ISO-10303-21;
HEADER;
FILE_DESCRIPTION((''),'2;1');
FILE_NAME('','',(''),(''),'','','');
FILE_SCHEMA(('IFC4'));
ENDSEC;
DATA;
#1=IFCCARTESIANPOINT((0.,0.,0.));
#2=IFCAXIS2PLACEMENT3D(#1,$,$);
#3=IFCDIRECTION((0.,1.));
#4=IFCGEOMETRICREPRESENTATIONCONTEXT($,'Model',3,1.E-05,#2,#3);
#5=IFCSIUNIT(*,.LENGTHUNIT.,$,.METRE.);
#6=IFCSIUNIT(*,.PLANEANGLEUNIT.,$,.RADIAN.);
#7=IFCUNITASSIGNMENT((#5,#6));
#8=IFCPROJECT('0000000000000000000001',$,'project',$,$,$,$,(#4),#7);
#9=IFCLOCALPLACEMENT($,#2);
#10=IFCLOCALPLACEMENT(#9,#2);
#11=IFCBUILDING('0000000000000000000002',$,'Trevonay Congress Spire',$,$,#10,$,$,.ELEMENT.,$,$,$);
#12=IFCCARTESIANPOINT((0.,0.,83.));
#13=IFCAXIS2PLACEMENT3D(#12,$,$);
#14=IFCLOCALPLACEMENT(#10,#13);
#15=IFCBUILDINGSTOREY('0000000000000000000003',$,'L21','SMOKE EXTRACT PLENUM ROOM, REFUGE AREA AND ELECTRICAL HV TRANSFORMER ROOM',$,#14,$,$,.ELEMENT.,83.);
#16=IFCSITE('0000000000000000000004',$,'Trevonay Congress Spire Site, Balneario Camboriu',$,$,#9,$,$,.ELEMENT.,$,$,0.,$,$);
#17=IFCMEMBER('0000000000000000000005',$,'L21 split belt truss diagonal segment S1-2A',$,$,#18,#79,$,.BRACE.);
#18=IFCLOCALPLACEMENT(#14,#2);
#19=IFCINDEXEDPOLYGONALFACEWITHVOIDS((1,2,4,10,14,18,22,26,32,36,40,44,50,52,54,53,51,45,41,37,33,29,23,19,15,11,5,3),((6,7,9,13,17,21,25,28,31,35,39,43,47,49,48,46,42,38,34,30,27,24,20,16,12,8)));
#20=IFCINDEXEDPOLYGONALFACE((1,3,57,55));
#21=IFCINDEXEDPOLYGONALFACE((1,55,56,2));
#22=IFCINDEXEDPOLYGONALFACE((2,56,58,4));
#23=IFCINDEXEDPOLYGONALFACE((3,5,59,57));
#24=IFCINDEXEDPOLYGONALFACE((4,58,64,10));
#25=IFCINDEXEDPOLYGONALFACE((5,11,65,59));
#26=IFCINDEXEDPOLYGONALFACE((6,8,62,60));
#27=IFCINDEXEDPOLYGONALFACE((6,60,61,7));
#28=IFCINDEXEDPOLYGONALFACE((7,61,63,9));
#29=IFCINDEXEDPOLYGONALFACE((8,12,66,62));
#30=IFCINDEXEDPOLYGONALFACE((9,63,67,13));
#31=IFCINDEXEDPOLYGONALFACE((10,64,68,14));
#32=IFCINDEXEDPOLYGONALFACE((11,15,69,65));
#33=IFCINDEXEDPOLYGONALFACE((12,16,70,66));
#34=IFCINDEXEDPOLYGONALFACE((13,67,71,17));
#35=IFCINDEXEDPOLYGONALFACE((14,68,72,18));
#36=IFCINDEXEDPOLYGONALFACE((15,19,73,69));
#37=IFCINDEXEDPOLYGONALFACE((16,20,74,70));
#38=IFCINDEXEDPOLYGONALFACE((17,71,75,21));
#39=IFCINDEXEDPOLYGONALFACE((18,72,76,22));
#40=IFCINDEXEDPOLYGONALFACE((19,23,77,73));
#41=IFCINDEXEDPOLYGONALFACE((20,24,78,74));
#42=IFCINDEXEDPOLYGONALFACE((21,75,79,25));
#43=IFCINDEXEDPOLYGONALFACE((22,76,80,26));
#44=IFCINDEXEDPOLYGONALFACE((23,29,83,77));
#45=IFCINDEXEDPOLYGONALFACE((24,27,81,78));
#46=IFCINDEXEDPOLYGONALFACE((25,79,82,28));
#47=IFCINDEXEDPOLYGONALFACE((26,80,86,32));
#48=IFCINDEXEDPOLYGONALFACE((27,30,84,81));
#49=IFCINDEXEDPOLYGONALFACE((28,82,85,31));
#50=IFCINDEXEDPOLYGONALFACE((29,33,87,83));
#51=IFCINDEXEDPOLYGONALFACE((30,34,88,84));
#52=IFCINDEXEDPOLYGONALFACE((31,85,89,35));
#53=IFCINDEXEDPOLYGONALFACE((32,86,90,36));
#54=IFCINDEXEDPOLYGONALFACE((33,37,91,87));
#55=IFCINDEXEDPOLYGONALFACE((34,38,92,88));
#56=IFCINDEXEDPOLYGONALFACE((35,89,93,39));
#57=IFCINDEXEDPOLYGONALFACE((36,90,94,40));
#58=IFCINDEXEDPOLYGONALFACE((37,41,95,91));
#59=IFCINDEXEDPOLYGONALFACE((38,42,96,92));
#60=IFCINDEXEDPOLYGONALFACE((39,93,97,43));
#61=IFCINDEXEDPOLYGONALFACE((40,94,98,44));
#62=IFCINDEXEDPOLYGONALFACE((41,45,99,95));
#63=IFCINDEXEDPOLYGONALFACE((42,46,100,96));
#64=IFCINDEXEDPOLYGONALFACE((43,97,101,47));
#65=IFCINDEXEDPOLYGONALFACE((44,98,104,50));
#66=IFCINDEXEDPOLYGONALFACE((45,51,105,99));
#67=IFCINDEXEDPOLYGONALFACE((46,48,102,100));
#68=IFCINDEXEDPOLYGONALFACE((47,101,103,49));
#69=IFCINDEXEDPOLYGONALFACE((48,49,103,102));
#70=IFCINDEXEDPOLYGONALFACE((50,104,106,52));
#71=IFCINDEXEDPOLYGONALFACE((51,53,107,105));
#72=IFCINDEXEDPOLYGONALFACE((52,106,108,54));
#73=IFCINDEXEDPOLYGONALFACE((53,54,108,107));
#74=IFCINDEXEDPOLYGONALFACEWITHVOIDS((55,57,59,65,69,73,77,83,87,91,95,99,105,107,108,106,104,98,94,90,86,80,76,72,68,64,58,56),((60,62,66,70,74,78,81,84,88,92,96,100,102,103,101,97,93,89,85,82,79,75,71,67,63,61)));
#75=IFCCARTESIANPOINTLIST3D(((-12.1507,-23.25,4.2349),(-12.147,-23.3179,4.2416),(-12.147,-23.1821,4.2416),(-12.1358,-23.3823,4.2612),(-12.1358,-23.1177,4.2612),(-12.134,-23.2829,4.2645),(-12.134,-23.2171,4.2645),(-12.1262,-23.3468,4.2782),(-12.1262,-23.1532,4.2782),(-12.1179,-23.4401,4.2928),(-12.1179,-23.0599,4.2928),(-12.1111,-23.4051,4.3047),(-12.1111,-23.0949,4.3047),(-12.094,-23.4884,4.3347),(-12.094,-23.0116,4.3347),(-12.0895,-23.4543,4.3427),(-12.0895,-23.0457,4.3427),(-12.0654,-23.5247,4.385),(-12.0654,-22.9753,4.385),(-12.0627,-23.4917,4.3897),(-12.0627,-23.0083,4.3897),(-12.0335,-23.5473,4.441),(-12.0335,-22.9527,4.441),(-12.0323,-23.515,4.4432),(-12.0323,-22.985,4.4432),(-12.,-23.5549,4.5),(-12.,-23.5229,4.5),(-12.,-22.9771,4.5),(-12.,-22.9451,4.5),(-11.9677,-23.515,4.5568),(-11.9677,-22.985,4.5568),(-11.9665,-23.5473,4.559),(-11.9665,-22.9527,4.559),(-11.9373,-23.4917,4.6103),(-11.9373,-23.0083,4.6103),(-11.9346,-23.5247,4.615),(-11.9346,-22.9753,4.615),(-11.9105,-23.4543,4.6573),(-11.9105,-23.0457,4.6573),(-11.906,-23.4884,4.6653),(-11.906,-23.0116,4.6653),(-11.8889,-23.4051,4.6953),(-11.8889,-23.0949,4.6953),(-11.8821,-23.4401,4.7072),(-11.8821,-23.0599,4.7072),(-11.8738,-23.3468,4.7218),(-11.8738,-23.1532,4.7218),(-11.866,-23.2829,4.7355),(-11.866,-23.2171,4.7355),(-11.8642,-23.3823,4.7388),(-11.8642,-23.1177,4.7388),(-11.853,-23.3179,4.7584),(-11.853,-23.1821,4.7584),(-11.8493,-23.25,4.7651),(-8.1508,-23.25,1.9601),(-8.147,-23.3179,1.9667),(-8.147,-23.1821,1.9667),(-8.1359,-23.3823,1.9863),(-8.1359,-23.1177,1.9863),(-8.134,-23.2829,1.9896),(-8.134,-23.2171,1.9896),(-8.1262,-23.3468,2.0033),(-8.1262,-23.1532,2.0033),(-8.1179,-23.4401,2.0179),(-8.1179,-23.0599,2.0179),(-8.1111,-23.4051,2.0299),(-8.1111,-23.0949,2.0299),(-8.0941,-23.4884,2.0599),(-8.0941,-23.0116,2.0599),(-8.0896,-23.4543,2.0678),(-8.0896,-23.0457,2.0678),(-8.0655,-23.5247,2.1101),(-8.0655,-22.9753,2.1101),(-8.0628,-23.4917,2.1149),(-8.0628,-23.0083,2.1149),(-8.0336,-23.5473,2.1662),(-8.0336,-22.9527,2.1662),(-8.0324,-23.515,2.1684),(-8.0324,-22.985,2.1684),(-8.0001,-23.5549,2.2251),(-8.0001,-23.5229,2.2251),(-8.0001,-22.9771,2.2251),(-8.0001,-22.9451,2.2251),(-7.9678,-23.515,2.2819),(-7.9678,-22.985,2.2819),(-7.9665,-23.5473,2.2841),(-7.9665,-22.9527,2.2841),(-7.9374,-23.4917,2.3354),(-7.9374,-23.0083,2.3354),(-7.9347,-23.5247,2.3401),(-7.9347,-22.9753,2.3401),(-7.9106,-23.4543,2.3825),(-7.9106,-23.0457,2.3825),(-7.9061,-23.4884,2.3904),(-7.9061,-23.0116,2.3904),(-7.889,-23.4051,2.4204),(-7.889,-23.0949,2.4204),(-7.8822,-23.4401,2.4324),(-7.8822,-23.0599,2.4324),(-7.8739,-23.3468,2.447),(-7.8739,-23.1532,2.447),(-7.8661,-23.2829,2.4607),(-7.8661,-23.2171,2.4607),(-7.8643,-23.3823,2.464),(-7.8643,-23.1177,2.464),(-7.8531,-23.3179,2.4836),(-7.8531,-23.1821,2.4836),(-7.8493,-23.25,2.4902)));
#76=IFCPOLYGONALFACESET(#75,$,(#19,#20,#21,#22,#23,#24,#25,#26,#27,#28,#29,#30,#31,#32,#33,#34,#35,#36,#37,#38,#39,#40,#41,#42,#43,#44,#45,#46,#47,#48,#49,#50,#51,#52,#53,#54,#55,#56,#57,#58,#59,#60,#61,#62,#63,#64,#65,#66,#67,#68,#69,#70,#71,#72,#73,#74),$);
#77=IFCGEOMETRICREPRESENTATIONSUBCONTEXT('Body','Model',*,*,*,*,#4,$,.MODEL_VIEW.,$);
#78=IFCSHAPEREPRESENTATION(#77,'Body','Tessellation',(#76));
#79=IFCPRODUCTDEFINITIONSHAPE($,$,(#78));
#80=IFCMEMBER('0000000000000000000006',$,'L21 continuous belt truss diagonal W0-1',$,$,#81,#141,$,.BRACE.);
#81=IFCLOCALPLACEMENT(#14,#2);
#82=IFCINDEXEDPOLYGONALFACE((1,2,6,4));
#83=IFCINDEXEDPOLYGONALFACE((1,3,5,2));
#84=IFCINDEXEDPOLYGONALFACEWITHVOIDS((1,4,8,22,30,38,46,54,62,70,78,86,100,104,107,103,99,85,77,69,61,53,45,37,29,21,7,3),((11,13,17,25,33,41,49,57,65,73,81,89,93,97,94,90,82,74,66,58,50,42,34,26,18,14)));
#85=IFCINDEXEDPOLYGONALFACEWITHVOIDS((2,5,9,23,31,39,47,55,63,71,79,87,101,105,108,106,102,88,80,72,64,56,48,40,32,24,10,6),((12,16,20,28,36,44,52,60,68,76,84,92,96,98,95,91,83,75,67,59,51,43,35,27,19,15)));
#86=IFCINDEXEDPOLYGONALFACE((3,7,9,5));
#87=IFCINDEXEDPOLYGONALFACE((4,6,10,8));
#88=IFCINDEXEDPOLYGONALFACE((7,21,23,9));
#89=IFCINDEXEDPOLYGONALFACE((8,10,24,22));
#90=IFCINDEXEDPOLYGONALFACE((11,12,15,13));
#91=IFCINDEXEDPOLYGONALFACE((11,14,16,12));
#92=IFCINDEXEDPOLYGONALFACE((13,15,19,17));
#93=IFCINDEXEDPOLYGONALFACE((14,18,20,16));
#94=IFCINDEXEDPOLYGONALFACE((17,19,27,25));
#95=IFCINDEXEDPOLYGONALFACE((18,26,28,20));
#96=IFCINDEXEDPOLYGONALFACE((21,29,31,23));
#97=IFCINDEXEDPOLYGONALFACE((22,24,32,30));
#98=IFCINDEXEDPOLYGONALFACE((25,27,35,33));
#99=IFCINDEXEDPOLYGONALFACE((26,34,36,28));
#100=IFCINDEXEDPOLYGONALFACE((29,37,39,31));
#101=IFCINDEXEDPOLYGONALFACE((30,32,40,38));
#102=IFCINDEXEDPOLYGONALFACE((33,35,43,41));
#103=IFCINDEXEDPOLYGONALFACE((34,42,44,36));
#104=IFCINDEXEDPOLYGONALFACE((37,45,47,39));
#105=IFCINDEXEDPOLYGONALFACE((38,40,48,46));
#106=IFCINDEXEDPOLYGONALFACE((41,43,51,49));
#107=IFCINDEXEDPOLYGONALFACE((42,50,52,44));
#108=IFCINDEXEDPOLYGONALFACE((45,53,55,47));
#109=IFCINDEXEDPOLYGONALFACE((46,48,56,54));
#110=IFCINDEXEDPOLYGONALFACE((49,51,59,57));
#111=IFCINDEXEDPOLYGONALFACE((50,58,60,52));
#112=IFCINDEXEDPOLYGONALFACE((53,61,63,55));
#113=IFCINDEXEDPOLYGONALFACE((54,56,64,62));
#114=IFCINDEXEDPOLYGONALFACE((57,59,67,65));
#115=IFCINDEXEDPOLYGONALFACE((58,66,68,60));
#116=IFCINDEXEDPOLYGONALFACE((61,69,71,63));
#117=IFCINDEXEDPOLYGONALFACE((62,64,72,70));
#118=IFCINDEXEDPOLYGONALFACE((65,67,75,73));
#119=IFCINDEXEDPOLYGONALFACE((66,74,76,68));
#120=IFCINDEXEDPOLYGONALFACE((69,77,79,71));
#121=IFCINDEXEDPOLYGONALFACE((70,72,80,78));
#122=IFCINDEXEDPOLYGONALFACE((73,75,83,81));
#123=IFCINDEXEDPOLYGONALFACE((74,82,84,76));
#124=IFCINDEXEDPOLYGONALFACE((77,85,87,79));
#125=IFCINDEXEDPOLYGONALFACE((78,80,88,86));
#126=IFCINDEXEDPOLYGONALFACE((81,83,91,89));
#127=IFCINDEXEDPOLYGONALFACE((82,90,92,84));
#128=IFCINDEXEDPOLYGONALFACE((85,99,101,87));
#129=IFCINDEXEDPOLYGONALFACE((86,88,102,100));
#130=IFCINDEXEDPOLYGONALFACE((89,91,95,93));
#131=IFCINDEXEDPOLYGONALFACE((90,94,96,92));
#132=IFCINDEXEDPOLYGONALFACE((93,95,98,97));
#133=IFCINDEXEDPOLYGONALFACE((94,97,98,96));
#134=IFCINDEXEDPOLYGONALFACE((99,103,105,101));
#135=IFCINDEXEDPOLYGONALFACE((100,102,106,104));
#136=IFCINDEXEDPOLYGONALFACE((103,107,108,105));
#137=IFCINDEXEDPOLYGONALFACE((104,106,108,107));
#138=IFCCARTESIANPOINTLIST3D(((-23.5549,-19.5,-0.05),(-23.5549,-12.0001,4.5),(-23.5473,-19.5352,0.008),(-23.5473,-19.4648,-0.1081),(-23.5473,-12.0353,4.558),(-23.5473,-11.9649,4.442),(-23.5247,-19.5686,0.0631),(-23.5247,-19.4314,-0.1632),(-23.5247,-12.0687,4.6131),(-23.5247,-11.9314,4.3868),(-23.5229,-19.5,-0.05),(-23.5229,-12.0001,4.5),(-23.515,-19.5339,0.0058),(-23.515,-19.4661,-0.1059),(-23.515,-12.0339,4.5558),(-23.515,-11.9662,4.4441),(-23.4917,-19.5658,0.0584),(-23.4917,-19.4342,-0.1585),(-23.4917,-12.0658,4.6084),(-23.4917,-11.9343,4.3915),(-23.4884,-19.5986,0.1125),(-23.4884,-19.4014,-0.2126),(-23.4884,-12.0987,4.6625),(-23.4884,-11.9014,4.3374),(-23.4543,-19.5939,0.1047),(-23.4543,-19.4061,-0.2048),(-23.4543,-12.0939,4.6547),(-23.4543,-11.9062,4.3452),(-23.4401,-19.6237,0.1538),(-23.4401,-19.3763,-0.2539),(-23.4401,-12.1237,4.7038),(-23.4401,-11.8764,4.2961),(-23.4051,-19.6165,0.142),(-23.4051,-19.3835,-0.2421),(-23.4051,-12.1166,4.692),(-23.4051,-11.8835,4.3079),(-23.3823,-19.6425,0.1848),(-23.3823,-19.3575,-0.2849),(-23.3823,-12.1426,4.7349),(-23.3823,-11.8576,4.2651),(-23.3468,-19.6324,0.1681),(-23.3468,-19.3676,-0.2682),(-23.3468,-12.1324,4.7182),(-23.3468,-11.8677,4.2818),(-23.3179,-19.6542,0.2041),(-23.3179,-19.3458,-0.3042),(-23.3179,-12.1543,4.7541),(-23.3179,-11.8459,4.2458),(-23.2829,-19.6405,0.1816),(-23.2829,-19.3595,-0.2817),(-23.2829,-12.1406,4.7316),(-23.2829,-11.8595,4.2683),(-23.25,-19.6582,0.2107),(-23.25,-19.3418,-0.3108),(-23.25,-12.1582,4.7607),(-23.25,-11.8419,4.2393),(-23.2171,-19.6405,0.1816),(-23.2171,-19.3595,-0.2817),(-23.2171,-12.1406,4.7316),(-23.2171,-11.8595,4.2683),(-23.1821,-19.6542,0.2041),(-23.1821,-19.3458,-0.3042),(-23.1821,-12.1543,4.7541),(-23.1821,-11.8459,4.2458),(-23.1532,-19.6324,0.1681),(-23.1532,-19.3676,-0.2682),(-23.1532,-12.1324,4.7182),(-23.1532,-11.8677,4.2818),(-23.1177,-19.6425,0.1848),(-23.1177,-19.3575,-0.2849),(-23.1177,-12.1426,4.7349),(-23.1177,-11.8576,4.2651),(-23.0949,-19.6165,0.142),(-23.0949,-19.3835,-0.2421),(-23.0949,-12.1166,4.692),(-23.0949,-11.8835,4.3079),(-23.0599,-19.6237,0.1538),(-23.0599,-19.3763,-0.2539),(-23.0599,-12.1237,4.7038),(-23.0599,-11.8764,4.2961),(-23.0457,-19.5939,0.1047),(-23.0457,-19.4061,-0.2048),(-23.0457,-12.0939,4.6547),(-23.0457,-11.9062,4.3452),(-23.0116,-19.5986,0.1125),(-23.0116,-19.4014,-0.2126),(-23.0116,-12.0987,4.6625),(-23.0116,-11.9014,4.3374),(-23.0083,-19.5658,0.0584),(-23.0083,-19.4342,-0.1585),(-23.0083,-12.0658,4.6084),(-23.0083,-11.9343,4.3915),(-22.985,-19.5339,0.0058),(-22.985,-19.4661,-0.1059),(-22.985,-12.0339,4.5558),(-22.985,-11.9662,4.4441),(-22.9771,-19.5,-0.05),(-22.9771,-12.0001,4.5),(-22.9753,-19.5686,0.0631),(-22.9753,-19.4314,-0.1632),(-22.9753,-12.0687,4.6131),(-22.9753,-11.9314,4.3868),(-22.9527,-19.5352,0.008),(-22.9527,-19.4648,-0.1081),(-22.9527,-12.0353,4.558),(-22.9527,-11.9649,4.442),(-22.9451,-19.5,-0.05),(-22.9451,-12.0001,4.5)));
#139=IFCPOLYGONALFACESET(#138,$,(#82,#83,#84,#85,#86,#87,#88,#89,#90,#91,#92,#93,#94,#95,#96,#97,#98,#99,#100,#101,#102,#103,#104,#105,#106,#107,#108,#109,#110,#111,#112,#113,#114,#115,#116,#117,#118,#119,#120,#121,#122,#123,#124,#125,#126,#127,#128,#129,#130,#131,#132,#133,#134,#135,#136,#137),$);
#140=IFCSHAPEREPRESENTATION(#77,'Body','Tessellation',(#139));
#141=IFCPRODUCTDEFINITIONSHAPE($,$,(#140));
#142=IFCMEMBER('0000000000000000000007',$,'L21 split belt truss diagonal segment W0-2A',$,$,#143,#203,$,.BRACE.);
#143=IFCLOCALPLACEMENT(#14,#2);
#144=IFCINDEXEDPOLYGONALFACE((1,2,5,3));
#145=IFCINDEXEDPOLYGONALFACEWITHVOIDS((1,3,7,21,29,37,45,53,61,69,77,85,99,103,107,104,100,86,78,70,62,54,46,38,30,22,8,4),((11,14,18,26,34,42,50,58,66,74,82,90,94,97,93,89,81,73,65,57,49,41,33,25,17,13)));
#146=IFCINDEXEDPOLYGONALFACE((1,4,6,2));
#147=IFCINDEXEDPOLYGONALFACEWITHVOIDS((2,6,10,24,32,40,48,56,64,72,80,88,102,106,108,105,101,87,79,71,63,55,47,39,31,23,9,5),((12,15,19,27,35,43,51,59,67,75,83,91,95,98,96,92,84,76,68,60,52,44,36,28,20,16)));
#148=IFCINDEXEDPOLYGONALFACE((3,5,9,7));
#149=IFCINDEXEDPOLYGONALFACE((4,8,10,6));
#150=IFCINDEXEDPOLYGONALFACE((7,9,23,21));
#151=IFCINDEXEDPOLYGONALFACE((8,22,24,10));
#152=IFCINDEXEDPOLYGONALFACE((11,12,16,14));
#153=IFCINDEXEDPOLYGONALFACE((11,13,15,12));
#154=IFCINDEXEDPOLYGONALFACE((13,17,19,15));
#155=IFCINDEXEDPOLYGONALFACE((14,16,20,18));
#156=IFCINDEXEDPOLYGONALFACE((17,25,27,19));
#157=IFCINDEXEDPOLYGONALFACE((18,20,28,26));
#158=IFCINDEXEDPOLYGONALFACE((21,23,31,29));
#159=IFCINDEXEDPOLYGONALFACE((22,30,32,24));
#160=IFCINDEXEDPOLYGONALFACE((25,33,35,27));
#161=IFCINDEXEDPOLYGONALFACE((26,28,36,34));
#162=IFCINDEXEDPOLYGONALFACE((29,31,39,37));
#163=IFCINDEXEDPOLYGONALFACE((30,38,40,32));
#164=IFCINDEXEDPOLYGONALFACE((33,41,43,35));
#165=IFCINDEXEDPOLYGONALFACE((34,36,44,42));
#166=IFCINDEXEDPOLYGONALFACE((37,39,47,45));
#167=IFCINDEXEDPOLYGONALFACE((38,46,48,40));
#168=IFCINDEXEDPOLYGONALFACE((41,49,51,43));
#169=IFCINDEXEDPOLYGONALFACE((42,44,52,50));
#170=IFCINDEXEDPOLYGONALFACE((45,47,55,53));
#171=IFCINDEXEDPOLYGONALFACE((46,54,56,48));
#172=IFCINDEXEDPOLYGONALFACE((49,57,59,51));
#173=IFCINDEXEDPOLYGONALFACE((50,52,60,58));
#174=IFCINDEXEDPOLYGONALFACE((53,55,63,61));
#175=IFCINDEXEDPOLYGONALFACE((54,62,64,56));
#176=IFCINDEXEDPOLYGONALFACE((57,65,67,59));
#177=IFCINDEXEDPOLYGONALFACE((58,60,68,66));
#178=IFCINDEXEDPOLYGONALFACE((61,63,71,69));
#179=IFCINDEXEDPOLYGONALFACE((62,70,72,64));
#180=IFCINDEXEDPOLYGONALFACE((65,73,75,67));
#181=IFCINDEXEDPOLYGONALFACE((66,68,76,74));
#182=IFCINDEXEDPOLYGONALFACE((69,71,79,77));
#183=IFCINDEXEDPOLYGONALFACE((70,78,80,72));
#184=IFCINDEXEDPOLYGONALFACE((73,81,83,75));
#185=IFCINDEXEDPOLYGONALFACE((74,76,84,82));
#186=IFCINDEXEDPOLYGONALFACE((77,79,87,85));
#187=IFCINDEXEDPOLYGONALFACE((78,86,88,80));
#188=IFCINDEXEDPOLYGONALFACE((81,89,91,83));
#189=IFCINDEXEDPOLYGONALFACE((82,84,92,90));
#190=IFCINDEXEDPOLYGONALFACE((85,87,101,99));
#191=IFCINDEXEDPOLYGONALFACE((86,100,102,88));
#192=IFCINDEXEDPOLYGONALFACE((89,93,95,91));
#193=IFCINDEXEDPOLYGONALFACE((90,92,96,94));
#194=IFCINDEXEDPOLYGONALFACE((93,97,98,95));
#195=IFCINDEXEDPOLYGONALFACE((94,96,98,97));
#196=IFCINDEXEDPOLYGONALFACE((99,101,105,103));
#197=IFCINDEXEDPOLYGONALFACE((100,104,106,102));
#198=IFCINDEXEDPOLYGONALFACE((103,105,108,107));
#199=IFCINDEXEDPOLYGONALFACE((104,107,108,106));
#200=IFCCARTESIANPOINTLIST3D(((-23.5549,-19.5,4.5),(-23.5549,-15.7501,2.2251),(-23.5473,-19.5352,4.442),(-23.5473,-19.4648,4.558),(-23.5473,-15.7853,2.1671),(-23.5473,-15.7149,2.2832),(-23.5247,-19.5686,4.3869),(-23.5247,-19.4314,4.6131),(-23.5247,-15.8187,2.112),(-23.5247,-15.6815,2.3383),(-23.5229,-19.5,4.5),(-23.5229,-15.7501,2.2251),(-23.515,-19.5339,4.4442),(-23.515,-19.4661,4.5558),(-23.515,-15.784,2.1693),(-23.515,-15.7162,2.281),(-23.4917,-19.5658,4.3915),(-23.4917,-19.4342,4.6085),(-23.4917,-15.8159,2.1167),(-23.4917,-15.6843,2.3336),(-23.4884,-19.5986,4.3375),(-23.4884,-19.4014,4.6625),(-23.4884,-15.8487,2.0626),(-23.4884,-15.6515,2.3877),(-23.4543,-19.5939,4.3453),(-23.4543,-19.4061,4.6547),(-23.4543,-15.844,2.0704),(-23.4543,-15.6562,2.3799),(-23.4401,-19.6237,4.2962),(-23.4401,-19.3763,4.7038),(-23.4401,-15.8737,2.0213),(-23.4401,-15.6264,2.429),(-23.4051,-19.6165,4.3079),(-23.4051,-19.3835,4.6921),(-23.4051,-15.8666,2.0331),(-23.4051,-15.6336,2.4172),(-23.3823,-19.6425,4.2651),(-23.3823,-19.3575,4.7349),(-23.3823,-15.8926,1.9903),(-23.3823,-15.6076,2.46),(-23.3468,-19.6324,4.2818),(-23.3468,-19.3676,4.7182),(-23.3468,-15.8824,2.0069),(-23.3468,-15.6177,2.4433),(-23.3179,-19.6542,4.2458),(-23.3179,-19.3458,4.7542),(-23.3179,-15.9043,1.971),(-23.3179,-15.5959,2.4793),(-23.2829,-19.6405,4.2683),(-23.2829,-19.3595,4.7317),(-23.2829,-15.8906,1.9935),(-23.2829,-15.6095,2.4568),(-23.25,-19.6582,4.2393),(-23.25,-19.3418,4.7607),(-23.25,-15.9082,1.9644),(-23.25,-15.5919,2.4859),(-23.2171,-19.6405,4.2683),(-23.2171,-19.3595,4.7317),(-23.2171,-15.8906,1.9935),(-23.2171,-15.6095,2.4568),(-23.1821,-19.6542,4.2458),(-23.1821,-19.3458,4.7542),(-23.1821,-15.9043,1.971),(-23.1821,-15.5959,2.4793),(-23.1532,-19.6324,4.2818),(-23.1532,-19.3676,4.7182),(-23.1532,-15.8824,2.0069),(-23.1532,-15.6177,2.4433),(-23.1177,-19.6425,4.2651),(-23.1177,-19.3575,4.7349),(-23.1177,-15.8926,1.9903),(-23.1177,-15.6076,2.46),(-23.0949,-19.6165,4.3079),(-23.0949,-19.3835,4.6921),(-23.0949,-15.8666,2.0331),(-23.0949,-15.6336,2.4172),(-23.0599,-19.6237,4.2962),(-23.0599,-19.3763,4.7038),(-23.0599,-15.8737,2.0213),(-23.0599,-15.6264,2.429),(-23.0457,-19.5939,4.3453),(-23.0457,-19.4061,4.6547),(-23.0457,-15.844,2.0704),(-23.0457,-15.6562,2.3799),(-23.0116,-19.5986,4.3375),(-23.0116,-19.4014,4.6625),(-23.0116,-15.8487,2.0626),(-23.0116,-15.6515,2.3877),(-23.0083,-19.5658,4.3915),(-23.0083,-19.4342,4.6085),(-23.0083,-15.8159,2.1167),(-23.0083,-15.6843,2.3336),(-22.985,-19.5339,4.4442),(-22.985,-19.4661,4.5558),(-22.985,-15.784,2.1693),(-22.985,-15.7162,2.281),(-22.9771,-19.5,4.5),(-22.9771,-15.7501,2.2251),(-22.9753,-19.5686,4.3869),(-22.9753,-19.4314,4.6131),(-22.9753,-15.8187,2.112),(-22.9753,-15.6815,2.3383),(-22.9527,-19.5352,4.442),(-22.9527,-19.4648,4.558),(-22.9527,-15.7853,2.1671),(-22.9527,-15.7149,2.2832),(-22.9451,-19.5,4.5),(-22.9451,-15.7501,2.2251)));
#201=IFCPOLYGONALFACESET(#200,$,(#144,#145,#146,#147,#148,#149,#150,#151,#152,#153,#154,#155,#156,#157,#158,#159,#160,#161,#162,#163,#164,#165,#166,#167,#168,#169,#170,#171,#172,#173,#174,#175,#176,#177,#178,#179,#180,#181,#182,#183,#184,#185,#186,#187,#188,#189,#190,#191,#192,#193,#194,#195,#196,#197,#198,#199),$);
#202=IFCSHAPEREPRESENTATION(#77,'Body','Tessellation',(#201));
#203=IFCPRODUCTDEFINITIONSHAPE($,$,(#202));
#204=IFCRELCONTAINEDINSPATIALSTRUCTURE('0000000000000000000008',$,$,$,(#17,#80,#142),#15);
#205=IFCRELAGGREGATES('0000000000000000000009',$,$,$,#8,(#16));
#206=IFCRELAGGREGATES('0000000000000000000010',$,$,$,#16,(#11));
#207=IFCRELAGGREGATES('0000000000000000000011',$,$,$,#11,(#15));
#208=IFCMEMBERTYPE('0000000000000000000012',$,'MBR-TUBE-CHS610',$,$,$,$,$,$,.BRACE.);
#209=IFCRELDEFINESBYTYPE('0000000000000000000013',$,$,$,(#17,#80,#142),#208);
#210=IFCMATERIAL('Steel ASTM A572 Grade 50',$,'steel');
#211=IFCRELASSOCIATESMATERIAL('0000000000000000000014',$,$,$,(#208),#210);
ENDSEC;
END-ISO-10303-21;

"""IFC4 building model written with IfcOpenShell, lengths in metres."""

from ifc_helpers import new_model, si_unit, direction, frame, origin, origin_2d, place, context, subcontext, project, spatial, hollow_circle, extrude, material, material_profile, profile_set, type_object, element, save


model = new_model("IFC4")

# Units and contexts
model_context = context("Model", 3, precision=1e-05, world=origin(), true_north=direction((0.0, 1.0)))
body_context = subcontext(model_context, "Body", "Model", "MODEL_VIEW")
ifc_project = project(units=[si_unit("LENGTHUNIT", "METRE"), si_unit("PLANEANGLEUNIT", "RADIAN")], contexts=[model_context])

# Site, building, storey
site_placement = place(None, origin())
site = spatial("IfcSite", under=ifc_project, at=site_placement, Name="Trevonay Congress Spire Site, Balneario Camboriu", CompositionType="ELEMENT", RefElevation=0.0)
building_placement = place(site_placement, origin())
building = spatial("IfcBuilding", under=site, at=building_placement, Name="Trevonay Congress Spire", CompositionType="ELEMENT")
storey_placement = place(building_placement, frame((0.0, 0.0, 83.0)))
storey = spatial("IfcBuildingStorey", under=building, at=storey_placement, Name="L21", Description="SMOKE EXTRACT PLENUM ROOM, REFUGE AREA AND ELECTRICAL HV TRANSFORMER ROOM", CompositionType="ELEMENT", Elevation=83.0)

# Shared definitions
ifc_material_1 = material(Name="Steel ASTM A572 Grade 50", Category="steel")

# Members
ifc_material_profile_1 = material_profile(ifc_material_1, hollow_circle(Radius=0.3049, WallThickness=0.032, at=origin_2d()), Name="CHS 610x32")
ifc_profile_set_1 = profile_set([ifc_material_profile_1], Name="Steel ASTM A572 Grade 50")
member_type = type_object("IfcMemberType", Name="MBR-TUBE-CHS610", PredefinedType="BRACE", material=ifc_profile_set_1)
member_1_placement = place(storey_placement, frame((-12.0, -23.25, 4.5), z_axis=(0.869253, 0.0, -0.494367), x_axis=(0.0, 1.0, 0.0)))
element("IfcMember", 1, at=member_1_placement, inside=storey, type_object=member_type, Name="L21 split belt truss diagonal segment S1-2A", PredefinedType="BRACE", context=body_context, shape_type="SweptSolid", body=[
    extrude(hollow_circle(Radius=0.3049, WallThickness=0.032, at=origin_2d()), origin(), (0.0, 0.0, 1.0), 4.6016),
])
member_2_placement = place(storey_placement, frame((-23.25, -19.5, -0.05), z_axis=(0.0, 0.854966, 0.518685), x_axis=(-1.0, 0.0, 0.0)))
element("IfcMember", 2, at=member_2_placement, inside=storey, type_object=member_type, Name="L21 continuous belt truss diagonal W0-1", PredefinedType="BRACE", context=body_context, shape_type="SweptSolid", body=[
    extrude(hollow_circle(Radius=0.3049, WallThickness=0.032, at=origin_2d()), origin(), (0.0, 0.0, 1.0), 8.7722),
])
member_3_placement = place(storey_placement, frame((-23.25, -19.5, 4.5), z_axis=(0.0, 0.854978, -0.518664), x_axis=(-1.0, 0.0, 0.0)))
element("IfcMember", 3, at=member_3_placement, inside=storey, type_object=member_type, Name="L21 split belt truss diagonal segment W0-2A", PredefinedType="BRACE", context=body_context, shape_type="SweptSolid", body=[
    extrude(hollow_circle(Radius=0.3049, WallThickness=0.032, at=origin_2d()), origin(), (0.0, 0.0, 1.0), 4.386),
])

save(model, "model.ifc")
